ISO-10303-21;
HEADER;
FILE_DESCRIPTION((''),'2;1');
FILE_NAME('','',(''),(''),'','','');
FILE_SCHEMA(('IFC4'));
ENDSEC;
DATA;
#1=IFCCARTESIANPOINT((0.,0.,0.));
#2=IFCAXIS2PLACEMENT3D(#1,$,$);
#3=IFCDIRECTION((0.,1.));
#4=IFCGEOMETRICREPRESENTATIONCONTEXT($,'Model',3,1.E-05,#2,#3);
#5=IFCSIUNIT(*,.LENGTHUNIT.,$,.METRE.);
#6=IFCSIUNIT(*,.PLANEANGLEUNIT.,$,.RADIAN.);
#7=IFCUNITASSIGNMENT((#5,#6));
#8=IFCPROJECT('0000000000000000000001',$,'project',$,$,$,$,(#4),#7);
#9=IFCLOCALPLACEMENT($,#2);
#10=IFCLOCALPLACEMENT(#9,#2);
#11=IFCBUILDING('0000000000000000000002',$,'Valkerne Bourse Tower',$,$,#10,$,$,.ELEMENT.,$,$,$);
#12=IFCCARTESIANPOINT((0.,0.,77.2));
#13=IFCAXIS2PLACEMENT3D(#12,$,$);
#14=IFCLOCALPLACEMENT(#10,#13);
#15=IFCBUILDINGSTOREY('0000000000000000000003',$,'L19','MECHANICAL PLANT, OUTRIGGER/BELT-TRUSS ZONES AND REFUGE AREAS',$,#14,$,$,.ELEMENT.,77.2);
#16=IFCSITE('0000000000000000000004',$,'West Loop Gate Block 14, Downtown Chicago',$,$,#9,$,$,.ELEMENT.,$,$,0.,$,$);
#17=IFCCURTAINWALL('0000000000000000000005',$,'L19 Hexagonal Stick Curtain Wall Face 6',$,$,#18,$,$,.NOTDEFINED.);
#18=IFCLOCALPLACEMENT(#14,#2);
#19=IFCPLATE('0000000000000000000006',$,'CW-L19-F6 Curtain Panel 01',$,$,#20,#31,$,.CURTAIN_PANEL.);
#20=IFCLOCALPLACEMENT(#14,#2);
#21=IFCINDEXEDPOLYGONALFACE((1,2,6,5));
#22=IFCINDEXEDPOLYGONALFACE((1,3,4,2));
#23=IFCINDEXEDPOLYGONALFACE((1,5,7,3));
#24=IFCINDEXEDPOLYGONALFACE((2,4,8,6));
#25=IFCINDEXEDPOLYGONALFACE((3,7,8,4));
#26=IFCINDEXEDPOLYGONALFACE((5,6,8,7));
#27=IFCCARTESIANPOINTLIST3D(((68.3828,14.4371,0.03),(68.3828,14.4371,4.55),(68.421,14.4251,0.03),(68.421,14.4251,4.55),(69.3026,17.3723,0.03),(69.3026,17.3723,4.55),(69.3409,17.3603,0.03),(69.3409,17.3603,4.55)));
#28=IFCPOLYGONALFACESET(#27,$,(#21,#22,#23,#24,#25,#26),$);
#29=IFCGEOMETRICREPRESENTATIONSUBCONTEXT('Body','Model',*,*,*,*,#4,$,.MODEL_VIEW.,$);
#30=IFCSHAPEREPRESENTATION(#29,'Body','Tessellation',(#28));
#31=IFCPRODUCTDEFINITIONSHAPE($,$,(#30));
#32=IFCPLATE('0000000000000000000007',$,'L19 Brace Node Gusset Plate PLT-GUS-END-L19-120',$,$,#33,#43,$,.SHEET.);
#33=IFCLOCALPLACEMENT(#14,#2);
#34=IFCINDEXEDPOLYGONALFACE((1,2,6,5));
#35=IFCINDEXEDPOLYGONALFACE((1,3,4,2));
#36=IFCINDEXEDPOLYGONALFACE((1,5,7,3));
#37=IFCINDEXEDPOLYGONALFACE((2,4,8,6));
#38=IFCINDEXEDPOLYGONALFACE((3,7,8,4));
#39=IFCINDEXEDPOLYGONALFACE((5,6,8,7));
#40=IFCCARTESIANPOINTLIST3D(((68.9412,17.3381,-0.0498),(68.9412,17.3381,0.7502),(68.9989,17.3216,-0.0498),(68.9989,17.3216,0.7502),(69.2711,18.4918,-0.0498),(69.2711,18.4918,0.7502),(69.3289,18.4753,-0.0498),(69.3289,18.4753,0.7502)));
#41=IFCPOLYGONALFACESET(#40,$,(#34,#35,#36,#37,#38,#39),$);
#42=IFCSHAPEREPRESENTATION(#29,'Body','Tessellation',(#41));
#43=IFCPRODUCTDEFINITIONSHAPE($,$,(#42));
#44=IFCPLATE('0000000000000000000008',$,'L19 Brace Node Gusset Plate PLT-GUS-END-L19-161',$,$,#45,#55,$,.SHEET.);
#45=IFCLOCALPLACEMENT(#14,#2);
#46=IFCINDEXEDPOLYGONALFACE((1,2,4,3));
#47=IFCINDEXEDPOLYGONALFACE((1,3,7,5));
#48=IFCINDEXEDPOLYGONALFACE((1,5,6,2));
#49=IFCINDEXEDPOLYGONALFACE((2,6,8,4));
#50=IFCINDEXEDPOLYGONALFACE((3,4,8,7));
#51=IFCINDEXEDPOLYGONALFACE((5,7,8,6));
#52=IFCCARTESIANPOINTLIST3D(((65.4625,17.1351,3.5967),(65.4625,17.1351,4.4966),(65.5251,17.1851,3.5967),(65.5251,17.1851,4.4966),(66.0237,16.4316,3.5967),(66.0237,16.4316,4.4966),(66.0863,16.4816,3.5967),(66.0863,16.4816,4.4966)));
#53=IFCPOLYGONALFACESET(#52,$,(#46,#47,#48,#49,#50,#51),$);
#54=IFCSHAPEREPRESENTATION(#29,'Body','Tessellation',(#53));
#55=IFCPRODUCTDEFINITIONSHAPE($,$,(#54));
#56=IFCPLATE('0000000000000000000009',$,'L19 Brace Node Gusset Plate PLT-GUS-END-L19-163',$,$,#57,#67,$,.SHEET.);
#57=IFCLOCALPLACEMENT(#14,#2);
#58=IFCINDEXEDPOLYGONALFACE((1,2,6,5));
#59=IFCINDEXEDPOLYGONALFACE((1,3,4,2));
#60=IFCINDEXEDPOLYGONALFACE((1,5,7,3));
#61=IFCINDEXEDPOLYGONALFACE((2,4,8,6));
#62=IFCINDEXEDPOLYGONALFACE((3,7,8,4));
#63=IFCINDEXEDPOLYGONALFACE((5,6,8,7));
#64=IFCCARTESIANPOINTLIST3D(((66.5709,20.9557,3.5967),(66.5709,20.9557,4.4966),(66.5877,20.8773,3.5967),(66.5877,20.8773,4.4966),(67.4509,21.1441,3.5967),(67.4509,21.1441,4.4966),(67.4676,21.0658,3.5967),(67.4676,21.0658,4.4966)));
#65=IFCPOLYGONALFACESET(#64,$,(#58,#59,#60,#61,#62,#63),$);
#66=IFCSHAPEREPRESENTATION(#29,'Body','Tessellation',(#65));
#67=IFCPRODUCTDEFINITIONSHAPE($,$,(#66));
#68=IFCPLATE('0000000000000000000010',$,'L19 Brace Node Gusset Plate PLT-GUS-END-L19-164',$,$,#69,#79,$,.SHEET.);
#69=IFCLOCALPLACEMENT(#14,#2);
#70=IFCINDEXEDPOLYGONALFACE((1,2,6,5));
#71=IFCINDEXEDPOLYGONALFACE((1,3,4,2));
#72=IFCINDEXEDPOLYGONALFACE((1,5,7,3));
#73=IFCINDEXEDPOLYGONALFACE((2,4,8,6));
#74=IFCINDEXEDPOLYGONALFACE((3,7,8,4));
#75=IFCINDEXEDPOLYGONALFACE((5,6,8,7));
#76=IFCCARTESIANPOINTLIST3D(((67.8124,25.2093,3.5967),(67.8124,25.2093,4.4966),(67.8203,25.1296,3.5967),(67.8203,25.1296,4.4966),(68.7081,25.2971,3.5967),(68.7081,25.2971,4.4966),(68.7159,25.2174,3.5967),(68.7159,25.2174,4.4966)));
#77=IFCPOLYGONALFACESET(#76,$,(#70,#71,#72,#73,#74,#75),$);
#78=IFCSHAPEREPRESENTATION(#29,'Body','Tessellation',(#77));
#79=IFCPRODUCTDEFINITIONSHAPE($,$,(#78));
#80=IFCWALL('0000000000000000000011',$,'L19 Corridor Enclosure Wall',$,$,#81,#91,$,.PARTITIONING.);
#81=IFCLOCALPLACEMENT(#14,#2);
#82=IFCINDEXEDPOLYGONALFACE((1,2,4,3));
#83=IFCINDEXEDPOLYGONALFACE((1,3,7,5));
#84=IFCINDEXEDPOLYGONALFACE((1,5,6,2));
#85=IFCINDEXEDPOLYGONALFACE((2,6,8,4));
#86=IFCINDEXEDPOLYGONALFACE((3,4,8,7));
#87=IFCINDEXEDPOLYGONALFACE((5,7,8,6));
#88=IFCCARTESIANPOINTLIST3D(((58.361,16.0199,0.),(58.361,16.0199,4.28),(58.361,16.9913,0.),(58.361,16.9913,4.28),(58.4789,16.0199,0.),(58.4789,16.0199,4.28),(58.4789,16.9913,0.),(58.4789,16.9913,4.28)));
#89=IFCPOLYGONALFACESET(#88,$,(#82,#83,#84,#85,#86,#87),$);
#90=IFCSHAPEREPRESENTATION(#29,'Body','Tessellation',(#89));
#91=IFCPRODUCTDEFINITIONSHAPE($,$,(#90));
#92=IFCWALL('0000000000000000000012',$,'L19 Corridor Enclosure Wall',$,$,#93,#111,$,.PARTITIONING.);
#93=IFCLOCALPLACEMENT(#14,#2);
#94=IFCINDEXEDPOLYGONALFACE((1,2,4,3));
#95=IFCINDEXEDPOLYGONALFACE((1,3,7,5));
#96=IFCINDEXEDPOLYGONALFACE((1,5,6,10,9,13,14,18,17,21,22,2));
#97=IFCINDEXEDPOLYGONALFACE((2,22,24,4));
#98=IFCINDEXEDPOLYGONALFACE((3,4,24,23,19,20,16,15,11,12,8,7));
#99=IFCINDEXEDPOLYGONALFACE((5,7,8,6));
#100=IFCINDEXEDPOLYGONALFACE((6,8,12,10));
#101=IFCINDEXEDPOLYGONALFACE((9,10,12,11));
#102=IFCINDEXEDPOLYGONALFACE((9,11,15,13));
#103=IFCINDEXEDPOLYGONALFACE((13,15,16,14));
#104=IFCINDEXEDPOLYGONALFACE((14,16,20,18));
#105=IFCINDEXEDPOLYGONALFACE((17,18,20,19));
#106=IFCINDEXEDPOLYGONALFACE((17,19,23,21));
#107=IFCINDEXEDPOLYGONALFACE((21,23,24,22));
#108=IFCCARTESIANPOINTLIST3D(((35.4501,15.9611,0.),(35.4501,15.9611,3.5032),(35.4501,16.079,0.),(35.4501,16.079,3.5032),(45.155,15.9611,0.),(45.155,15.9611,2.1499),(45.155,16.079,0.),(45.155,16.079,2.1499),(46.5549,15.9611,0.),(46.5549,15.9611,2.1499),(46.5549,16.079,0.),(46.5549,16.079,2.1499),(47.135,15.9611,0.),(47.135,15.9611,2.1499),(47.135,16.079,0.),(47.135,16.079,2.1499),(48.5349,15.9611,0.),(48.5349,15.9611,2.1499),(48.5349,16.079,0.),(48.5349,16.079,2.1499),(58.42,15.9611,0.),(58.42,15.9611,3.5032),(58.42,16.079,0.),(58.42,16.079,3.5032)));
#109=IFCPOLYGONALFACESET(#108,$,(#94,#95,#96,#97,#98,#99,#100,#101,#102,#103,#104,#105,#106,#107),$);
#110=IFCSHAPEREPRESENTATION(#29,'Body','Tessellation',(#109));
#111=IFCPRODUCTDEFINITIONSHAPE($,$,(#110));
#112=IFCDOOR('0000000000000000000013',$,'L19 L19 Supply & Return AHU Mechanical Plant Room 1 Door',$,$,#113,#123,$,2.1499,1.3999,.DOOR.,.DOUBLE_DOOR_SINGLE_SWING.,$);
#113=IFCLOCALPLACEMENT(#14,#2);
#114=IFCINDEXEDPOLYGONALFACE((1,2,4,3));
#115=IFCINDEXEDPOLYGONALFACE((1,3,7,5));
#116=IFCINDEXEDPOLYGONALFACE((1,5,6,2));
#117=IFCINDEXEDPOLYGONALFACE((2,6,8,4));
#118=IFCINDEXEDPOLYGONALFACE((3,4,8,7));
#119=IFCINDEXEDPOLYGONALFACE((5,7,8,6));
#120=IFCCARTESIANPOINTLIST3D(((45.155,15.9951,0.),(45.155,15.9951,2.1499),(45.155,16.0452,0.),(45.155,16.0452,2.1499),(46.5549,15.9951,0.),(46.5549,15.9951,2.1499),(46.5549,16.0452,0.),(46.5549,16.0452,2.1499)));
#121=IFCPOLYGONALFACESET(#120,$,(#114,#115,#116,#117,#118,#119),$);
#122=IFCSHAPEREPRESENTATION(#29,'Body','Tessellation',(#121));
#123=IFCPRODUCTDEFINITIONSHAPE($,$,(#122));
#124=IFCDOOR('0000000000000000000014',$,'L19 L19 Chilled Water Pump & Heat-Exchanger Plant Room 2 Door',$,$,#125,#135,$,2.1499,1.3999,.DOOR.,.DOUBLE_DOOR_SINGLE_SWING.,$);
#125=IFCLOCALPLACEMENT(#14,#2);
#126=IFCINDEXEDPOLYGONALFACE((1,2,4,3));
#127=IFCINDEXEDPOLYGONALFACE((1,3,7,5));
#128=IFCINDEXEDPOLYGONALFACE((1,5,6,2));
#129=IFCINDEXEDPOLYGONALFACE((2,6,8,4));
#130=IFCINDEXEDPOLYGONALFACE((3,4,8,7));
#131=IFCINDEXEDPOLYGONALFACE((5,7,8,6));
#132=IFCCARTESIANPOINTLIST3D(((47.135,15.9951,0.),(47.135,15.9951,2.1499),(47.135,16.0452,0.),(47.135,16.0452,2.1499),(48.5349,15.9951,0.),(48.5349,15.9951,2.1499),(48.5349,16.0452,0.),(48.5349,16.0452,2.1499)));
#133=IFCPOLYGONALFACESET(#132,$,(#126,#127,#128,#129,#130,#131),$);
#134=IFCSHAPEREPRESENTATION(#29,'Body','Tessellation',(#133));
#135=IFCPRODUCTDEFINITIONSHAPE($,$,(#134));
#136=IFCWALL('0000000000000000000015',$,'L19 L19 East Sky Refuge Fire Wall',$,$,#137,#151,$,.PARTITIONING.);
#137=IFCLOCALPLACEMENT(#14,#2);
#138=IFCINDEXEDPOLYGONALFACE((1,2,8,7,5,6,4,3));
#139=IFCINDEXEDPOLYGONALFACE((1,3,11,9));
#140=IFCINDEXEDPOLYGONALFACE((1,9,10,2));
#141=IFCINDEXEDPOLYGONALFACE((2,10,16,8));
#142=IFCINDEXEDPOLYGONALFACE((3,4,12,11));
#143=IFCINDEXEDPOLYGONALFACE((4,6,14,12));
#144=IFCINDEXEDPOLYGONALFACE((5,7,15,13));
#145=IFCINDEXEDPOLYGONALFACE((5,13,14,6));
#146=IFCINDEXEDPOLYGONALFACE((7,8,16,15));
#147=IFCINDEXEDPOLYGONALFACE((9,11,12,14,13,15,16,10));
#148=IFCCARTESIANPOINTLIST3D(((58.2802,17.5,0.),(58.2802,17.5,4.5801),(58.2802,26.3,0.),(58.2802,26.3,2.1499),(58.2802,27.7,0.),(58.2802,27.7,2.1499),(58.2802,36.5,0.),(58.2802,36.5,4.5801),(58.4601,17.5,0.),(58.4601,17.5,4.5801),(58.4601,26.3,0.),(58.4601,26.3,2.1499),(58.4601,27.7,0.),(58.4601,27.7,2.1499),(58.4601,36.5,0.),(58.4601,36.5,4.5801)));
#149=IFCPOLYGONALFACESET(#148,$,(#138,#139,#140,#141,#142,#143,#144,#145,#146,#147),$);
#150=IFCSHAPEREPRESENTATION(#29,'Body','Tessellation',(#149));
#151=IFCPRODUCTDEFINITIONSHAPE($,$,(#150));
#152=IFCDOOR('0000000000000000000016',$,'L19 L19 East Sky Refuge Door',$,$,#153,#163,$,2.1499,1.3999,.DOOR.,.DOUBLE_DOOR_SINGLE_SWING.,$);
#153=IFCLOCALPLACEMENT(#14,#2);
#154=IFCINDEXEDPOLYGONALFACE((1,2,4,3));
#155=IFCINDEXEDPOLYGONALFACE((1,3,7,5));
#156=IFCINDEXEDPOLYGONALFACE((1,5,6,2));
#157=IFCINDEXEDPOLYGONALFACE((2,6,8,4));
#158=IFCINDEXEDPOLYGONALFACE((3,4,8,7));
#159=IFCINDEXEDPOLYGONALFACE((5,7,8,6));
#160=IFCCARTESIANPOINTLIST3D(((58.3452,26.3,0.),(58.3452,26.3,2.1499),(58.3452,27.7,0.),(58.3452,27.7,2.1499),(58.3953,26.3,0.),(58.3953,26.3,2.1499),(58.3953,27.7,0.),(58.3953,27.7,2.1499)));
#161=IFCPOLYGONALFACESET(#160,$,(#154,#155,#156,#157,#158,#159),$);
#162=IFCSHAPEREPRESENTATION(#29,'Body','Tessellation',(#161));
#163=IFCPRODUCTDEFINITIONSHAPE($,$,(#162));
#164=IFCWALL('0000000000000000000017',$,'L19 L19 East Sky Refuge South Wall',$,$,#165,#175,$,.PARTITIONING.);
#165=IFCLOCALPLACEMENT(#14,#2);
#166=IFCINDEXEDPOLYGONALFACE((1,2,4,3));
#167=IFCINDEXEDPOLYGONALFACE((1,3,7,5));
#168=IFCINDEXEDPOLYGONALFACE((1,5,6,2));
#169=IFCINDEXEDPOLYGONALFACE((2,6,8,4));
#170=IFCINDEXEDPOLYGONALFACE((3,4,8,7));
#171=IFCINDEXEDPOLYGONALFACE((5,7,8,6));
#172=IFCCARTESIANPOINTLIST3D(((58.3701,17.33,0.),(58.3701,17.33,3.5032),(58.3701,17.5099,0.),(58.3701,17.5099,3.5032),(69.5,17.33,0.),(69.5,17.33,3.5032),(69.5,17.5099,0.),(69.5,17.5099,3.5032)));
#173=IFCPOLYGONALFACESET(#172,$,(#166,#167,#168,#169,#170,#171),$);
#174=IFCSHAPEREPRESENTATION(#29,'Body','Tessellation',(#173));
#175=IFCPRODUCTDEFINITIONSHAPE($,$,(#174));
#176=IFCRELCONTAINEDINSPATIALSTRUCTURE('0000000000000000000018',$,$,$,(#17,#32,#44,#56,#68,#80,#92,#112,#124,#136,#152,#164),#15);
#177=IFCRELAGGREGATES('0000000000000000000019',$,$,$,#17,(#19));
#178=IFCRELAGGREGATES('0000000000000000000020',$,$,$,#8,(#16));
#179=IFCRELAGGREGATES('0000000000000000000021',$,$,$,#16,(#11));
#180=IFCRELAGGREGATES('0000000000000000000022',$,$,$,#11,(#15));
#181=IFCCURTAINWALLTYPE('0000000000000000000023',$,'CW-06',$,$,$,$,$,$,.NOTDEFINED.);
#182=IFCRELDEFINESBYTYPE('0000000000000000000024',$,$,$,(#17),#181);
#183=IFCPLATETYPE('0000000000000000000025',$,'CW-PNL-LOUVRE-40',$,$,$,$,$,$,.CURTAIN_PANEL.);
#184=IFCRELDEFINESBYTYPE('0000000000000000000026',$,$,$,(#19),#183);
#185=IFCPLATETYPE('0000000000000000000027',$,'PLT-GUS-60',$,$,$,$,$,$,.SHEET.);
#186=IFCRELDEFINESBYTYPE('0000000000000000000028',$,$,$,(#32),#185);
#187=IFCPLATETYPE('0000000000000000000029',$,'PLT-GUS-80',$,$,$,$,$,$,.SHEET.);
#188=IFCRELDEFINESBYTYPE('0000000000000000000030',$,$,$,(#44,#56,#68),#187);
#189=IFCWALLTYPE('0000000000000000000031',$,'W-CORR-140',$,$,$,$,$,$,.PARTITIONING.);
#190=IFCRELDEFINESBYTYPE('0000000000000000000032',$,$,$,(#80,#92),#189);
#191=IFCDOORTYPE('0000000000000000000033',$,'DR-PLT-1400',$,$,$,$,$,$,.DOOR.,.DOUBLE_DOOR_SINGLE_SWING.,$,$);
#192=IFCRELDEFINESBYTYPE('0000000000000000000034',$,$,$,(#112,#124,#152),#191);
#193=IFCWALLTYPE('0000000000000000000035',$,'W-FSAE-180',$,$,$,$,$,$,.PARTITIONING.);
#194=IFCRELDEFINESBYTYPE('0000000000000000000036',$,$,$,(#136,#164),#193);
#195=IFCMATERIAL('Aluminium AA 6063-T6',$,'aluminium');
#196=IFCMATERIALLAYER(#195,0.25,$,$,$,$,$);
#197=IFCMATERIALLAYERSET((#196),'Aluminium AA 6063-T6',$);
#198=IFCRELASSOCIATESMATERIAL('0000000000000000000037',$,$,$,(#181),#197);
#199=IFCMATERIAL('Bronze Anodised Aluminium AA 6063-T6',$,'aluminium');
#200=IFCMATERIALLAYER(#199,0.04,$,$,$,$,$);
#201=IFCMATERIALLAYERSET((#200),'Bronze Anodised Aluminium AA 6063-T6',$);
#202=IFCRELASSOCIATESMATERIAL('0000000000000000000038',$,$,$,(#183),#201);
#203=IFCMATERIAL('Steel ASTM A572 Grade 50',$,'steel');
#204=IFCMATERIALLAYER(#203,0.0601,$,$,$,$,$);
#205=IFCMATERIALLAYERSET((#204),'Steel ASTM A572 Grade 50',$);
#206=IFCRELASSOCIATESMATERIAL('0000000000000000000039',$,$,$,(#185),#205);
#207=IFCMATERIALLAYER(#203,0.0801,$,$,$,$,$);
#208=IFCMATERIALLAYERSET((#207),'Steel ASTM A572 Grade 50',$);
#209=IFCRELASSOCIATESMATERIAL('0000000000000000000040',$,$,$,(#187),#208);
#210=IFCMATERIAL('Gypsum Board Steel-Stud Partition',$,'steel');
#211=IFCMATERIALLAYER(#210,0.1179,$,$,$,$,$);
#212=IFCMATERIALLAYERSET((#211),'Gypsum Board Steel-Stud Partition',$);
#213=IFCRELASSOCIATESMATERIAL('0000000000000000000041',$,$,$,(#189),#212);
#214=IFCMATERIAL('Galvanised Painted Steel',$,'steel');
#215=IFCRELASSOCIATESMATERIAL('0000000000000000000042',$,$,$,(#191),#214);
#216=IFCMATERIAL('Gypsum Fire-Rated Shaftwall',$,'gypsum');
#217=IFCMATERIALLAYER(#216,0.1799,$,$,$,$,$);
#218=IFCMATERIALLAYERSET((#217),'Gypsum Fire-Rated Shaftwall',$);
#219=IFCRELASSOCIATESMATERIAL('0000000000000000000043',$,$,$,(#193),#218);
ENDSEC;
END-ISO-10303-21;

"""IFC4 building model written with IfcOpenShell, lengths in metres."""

from ifc_helpers import new_model, si_unit, direction, frame, frame_2d, origin, origin_2d, place, context, subcontext, project, spatial, rectangle, extrude, material, layer, layer_set, type_object, element, fill, aggregate, save


model = new_model("IFC4")

# Units and contexts
model_context = context("Model", 3, precision=1e-05, world=origin(), true_north=direction((0.0, 1.0)))
body_context = subcontext(model_context, "Body", "Model", "MODEL_VIEW")
ifc_project = project(units=[si_unit("LENGTHUNIT", "METRE"), si_unit("PLANEANGLEUNIT", "RADIAN")], contexts=[model_context])

# Site, building, storey
site_placement = place(None, origin())
site = spatial("IfcSite", under=ifc_project, at=site_placement, Name="West Loop Gate Block 14, Downtown Chicago", CompositionType="ELEMENT", RefElevation=0.0)
building_placement = place(site_placement, origin())
building = spatial("IfcBuilding", under=site, at=building_placement, Name="Valkerne Bourse Tower", CompositionType="ELEMENT")
storey_placement = place(building_placement, frame((0.0, 0.0, 77.2)))
storey = spatial("IfcBuildingStorey", under=building, at=storey_placement, Name="L19", Description="MECHANICAL PLANT, OUTRIGGER/BELT-TRUSS ZONES AND REFUGE AREAS", CompositionType="ELEMENT", Elevation=77.2)

# Curtain wall, plate
ifc_material_1 = material(Name="Aluminium AA 6063-T6", Category="aluminium")
ifc_layer_1 = layer(ifc_material_1, 0.25)
ifc_layer_set_1 = layer_set([ifc_layer_1], Name="Aluminium AA 6063-T6")
curtain_wall_type = type_object("IfcCurtainWallType", Name="CW-06", PredefinedType="NOTDEFINED", material=ifc_layer_set_1)
curtain_wall_placement = place(storey_placement, origin())
curtain_wall = element("IfcCurtainWall", 1, at=curtain_wall_placement, inside=storey, type_object=curtain_wall_type, Name="L19 Hexagonal Stick Curtain Wall Face 6", PredefinedType="NOTDEFINED")
ifc_material_2 = material(Name="Bronze Anodised Aluminium AA 6063-T6", Category="aluminium")
ifc_layer_2 = layer(ifc_material_2, 0.04)
ifc_layer_set_2 = layer_set([ifc_layer_2], Name="Bronze Anodised Aluminium AA 6063-T6")
plate_type_1 = type_object("IfcPlateType", Name="CW-PNL-LOUVRE-40", PredefinedType="CURTAIN_PANEL", material=ifc_layer_set_2)
plate_1_placement = place(storey_placement, frame((68.8618, 15.8987, 0.03), z_axis=(0.0, 0.0, 1.0), x_axis=(0.299051, 0.954237, 0.0)))
plate_1 = element("IfcPlate", 2, at=plate_1_placement, type_object=plate_type_1, Name="CW-L19-F6 Curtain Panel 01", PredefinedType="CURTAIN_PANEL", context=body_context, shape_type="SweptSolid", body=[
    extrude(rectangle(XDim=3.0759, YDim=0.04, at=origin_2d()), origin(), (0.0, 0.0, 1.0), 4.52),
])
aggregate(curtain_wall, [plate_1])

# Plates
ifc_material_3 = material(Name="Steel ASTM A572 Grade 50", Category="steel")
ifc_layer_3 = layer(ifc_material_3, 0.0601)
ifc_layer_set_3 = layer_set([ifc_layer_3], Name="Steel ASTM A572 Grade 50")
plate_type_2 = type_object("IfcPlateType", Name="PLT-GUS-60", PredefinedType="SHEET", material=ifc_layer_set_3)
plate_2_placement = place(storey_placement, frame((69.135, 17.9067, -0.0498), z_axis=(0.0, 0.0, 1.0), x_axis=(-0.274966, -0.961454, 0.0)))
element("IfcPlate", 3, at=plate_2_placement, inside=storey, type_object=plate_type_2, Name="L19 Brace Node Gusset Plate PLT-GUS-END-L19-120", PredefinedType="SHEET", context=body_context, shape_type="SweptSolid", body=[
    extrude(rectangle(XDim=1.2, YDim=0.0601, at=origin_2d()), origin(), (0.0, 0.0, 1.0), 0.8),
])
ifc_layer_4 = layer(ifc_material_3, 0.0801)
ifc_layer_set_4 = layer_set([ifc_layer_4], Name="Steel ASTM A572 Grade 50")
plate_type_3 = type_object("IfcPlateType", Name="PLT-GUS-80", PredefinedType="SHEET", material=ifc_layer_set_4)
for number, where, z_axis, x_axis, name in (
    (4, (65.7744, 16.8083, 3.5967), (0.0, 0.0, 1.0), (-0.623607, 0.781738, 0.0), "L19 Brace Node Gusset Plate PLT-GUS-END-L19-161"),
    (5, (67.0193, 21.0107, 3.5967), (0.0, 0.0, 1.0), (-0.97782, -0.209448, 0.0), "L19 Brace Node Gusset Plate PLT-GUS-END-L19-163"),
    (6, (68.2642, 25.2134, 3.5967), (0.0, 0.0, 1.0), (-0.995227, -0.097583, 0.0), "L19 Brace Node Gusset Plate PLT-GUS-END-L19-164"),
):
    element("IfcPlate", number, at=place(storey_placement, frame(where, z_axis=z_axis, x_axis=x_axis)), inside=storey, type_object=plate_type_3, Name=name, PredefinedType="SHEET", context=body_context, shape_type="SweptSolid", body=[
        extrude(rectangle(XDim=0.8999, YDim=0.0801, at=origin_2d()), origin(), (0.0, 0.0, 1.0), 0.8999),
    ])

# Wall
ifc_material_4 = material(Name="Gypsum Board Steel-Stud Partition", Category="steel")
ifc_layer_5 = layer(ifc_material_4, 0.1179)
ifc_layer_set_5 = layer_set([ifc_layer_5], Name="Gypsum Board Steel-Stud Partition")
wall_type_1 = type_object("IfcWallType", Name="W-CORR-140", PredefinedType="PARTITIONING", material=ifc_layer_set_5)
wall_1_placement = place(storey_placement, frame((58.4199, 16.9915, 0.0), z_axis=(0.0, 0.0, 1.0), x_axis=(0.0, -1.0, 0.0)))
element("IfcWall", 7, at=wall_1_placement, inside=storey, type_object=wall_type_1, Name="L19 Corridor Enclosure Wall", PredefinedType="PARTITIONING", context=body_context, shape_type="SweptSolid", body=[
    extrude(rectangle(XDim=0.9714, YDim=0.1179, at=frame_2d((0.4858, 0.0))), origin(), (0.0, 0.0, 1.0), 4.28),
])

# Wall, openings, doors
wall_2_placement = place(storey_placement, frame((58.4199, 16.02, 0.0), z_axis=(0.0, 0.0, 1.0), x_axis=(-1.0, 0.0, 0.0)))
wall_2 = element("IfcWall", 8, at=wall_2_placement, inside=storey, type_object=wall_type_1, Name="L19 Corridor Enclosure Wall", PredefinedType="PARTITIONING", context=body_context, shape_type="SweptSolid", body=[
    extrude(rectangle(XDim=22.97, YDim=0.1179, at=frame_2d((11.4849, 0.0))), origin(), (0.0, 0.0, 1.0), 3.5032),
])
opening_1_placement = place(wall_2_placement, frame((11.865, 0.0, 0.0)))
opening_1 = element("IfcOpeningElement", 9, at=opening_1_placement, cuts=wall_2, PredefinedType="OPENING", context=body_context, shape_type="SweptSolid", body=[
    extrude(rectangle(XDim=1.3999, YDim=2.1499, at=frame_2d((0.7, 1.075))), frame((0.0, 0.0688, 0.0), z_axis=(0.0, -1.0, 0.0), x_axis=(1.0, 0.0, 0.0)), (0.0, 0.0, 1.0), 0.1379),
])
opening_2_placement = place(wall_2_placement, frame((9.885, 0.0, 0.0)))
opening_2 = element("IfcOpeningElement", 10, at=opening_2_placement, cuts=wall_2, PredefinedType="OPENING", context=body_context, shape_type="SweptSolid", body=[
    extrude(rectangle(XDim=1.3999, YDim=2.1499, at=frame_2d((0.7, 1.075))), frame((0.0, 0.0688, 0.0), z_axis=(0.0, -1.0, 0.0), x_axis=(1.0, 0.0, 0.0)), (0.0, 0.0, 1.0), 0.1379),
])
ifc_material_5 = material(Name="Galvanised Painted Steel", Category="steel")
door_type = type_object("IfcDoorType", Name="DR-PLT-1400", OperationType="DOUBLE_DOOR_SINGLE_SWING", PredefinedType="DOOR", material=ifc_material_5)
door_1_placement = place(opening_1_placement, origin())
door_1 = element("IfcDoor", 11, at=door_1_placement, inside=storey, type_object=door_type, Name="L19 L19 Supply & Return AHU Mechanical Plant Room 1 Door", OperationType="DOUBLE_DOOR_SINGLE_SWING", OverallHeight=2.1499, OverallWidth=1.3999, PredefinedType="DOOR", context=body_context, shape_type="SweptSolid", body=[
    extrude(rectangle(XDim=1.3999, YDim=2.1499, at=frame_2d((0.7, 1.075))), frame((0.0, 0.0249, 0.0), z_axis=(0.0, -1.0, 0.0), x_axis=(1.0, 0.0, 0.0)), (0.0, 0.0, 1.0), 0.05),
])
fill(opening_1, door_1)
door_2_placement = place(opening_2_placement, origin())
door_2 = element("IfcDoor", 12, at=door_2_placement, inside=storey, type_object=door_type, Name="L19 L19 Chilled Water Pump & Heat-Exchanger Plant Room 2 Door", OperationType="DOUBLE_DOOR_SINGLE_SWING", OverallHeight=2.1499, OverallWidth=1.3999, PredefinedType="DOOR", context=body_context, shape_type="SweptSolid", body=[
    extrude(rectangle(XDim=1.3999, YDim=2.1499, at=frame_2d((0.7, 1.075))), frame((0.0, 0.0249, 0.0), z_axis=(0.0, -1.0, 0.0), x_axis=(1.0, 0.0, 0.0)), (0.0, 0.0, 1.0), 0.05),
])
fill(opening_2, door_2)

# Wall, opening, door
ifc_material_6 = material(Name="Gypsum Fire-Rated Shaftwall", Category="gypsum")
ifc_layer_6 = layer(ifc_material_6, 0.1799)
ifc_layer_set_6 = layer_set([ifc_layer_6], Name="Gypsum Fire-Rated Shaftwall")
wall_type_2 = type_object("IfcWallType", Name="W-FSAE-180", PredefinedType="PARTITIONING", material=ifc_layer_set_6)
wall_3_placement = place(storey_placement, frame((58.3701, 17.5, 0.0), z_axis=(0.0, 0.0, 1.0), x_axis=(0.0, 1.0, 0.0)))
wall_3 = element("IfcWall", 13, at=wall_3_placement, inside=storey, type_object=wall_type_2, Name="L19 L19 East Sky Refuge Fire Wall", PredefinedType="PARTITIONING", context=body_context, shape_type="SweptSolid", body=[
    extrude(rectangle(XDim=19.0, YDim=0.1799, at=frame_2d((9.5, 0.0))), origin(), (0.0, 0.0, 1.0), 4.5801),
])
opening_3_placement = place(wall_3_placement, frame((8.8, 0.0, 0.0)))
opening_3 = element("IfcOpeningElement", 14, at=opening_3_placement, cuts=wall_3, PredefinedType="OPENING", context=body_context, shape_type="SweptSolid", body=[
    extrude(rectangle(XDim=1.3999, YDim=2.1499, at=frame_2d((0.7, 1.075))), frame((0.0, 0.0999, 0.0), z_axis=(0.0, -1.0, 0.0), x_axis=(1.0, 0.0, 0.0)), (0.0, 0.0, 1.0), 0.2),
])
door_3_placement = place(opening_3_placement, origin())
door_3 = element("IfcDoor", 15, at=door_3_placement, inside=storey, type_object=door_type, Name="L19 L19 East Sky Refuge Door", OperationType="DOUBLE_DOOR_SINGLE_SWING", OverallHeight=2.1499, OverallWidth=1.3999, PredefinedType="DOOR", context=body_context, shape_type="SweptSolid", body=[
    extrude(rectangle(XDim=1.3999, YDim=2.1499, at=frame_2d((0.7, 1.075))), frame((0.0, 0.0249, 0.0), z_axis=(0.0, -1.0, 0.0), x_axis=(1.0, 0.0, 0.0)), (0.0, 0.0, 1.0), 0.05),
])
fill(opening_3, door_3)

# Wall
wall_4_placement = place(storey_placement, frame((58.3701, 17.4199, 0.0), z_axis=(0.0, 0.0, 1.0), x_axis=(1.0, 0.0, 0.0)))
element("IfcWall", 16, at=wall_4_placement, inside=storey, type_object=wall_type_2, Name="L19 L19 East Sky Refuge South Wall", PredefinedType="PARTITIONING", context=body_context, shape_type="SweptSolid", body=[
    extrude(rectangle(XDim=11.1299, YDim=0.1799, at=frame_2d((5.5649, 0.0))), origin(), (0.0, 0.0, 1.0), 3.5032),
])

save(model, "model.ifc")
